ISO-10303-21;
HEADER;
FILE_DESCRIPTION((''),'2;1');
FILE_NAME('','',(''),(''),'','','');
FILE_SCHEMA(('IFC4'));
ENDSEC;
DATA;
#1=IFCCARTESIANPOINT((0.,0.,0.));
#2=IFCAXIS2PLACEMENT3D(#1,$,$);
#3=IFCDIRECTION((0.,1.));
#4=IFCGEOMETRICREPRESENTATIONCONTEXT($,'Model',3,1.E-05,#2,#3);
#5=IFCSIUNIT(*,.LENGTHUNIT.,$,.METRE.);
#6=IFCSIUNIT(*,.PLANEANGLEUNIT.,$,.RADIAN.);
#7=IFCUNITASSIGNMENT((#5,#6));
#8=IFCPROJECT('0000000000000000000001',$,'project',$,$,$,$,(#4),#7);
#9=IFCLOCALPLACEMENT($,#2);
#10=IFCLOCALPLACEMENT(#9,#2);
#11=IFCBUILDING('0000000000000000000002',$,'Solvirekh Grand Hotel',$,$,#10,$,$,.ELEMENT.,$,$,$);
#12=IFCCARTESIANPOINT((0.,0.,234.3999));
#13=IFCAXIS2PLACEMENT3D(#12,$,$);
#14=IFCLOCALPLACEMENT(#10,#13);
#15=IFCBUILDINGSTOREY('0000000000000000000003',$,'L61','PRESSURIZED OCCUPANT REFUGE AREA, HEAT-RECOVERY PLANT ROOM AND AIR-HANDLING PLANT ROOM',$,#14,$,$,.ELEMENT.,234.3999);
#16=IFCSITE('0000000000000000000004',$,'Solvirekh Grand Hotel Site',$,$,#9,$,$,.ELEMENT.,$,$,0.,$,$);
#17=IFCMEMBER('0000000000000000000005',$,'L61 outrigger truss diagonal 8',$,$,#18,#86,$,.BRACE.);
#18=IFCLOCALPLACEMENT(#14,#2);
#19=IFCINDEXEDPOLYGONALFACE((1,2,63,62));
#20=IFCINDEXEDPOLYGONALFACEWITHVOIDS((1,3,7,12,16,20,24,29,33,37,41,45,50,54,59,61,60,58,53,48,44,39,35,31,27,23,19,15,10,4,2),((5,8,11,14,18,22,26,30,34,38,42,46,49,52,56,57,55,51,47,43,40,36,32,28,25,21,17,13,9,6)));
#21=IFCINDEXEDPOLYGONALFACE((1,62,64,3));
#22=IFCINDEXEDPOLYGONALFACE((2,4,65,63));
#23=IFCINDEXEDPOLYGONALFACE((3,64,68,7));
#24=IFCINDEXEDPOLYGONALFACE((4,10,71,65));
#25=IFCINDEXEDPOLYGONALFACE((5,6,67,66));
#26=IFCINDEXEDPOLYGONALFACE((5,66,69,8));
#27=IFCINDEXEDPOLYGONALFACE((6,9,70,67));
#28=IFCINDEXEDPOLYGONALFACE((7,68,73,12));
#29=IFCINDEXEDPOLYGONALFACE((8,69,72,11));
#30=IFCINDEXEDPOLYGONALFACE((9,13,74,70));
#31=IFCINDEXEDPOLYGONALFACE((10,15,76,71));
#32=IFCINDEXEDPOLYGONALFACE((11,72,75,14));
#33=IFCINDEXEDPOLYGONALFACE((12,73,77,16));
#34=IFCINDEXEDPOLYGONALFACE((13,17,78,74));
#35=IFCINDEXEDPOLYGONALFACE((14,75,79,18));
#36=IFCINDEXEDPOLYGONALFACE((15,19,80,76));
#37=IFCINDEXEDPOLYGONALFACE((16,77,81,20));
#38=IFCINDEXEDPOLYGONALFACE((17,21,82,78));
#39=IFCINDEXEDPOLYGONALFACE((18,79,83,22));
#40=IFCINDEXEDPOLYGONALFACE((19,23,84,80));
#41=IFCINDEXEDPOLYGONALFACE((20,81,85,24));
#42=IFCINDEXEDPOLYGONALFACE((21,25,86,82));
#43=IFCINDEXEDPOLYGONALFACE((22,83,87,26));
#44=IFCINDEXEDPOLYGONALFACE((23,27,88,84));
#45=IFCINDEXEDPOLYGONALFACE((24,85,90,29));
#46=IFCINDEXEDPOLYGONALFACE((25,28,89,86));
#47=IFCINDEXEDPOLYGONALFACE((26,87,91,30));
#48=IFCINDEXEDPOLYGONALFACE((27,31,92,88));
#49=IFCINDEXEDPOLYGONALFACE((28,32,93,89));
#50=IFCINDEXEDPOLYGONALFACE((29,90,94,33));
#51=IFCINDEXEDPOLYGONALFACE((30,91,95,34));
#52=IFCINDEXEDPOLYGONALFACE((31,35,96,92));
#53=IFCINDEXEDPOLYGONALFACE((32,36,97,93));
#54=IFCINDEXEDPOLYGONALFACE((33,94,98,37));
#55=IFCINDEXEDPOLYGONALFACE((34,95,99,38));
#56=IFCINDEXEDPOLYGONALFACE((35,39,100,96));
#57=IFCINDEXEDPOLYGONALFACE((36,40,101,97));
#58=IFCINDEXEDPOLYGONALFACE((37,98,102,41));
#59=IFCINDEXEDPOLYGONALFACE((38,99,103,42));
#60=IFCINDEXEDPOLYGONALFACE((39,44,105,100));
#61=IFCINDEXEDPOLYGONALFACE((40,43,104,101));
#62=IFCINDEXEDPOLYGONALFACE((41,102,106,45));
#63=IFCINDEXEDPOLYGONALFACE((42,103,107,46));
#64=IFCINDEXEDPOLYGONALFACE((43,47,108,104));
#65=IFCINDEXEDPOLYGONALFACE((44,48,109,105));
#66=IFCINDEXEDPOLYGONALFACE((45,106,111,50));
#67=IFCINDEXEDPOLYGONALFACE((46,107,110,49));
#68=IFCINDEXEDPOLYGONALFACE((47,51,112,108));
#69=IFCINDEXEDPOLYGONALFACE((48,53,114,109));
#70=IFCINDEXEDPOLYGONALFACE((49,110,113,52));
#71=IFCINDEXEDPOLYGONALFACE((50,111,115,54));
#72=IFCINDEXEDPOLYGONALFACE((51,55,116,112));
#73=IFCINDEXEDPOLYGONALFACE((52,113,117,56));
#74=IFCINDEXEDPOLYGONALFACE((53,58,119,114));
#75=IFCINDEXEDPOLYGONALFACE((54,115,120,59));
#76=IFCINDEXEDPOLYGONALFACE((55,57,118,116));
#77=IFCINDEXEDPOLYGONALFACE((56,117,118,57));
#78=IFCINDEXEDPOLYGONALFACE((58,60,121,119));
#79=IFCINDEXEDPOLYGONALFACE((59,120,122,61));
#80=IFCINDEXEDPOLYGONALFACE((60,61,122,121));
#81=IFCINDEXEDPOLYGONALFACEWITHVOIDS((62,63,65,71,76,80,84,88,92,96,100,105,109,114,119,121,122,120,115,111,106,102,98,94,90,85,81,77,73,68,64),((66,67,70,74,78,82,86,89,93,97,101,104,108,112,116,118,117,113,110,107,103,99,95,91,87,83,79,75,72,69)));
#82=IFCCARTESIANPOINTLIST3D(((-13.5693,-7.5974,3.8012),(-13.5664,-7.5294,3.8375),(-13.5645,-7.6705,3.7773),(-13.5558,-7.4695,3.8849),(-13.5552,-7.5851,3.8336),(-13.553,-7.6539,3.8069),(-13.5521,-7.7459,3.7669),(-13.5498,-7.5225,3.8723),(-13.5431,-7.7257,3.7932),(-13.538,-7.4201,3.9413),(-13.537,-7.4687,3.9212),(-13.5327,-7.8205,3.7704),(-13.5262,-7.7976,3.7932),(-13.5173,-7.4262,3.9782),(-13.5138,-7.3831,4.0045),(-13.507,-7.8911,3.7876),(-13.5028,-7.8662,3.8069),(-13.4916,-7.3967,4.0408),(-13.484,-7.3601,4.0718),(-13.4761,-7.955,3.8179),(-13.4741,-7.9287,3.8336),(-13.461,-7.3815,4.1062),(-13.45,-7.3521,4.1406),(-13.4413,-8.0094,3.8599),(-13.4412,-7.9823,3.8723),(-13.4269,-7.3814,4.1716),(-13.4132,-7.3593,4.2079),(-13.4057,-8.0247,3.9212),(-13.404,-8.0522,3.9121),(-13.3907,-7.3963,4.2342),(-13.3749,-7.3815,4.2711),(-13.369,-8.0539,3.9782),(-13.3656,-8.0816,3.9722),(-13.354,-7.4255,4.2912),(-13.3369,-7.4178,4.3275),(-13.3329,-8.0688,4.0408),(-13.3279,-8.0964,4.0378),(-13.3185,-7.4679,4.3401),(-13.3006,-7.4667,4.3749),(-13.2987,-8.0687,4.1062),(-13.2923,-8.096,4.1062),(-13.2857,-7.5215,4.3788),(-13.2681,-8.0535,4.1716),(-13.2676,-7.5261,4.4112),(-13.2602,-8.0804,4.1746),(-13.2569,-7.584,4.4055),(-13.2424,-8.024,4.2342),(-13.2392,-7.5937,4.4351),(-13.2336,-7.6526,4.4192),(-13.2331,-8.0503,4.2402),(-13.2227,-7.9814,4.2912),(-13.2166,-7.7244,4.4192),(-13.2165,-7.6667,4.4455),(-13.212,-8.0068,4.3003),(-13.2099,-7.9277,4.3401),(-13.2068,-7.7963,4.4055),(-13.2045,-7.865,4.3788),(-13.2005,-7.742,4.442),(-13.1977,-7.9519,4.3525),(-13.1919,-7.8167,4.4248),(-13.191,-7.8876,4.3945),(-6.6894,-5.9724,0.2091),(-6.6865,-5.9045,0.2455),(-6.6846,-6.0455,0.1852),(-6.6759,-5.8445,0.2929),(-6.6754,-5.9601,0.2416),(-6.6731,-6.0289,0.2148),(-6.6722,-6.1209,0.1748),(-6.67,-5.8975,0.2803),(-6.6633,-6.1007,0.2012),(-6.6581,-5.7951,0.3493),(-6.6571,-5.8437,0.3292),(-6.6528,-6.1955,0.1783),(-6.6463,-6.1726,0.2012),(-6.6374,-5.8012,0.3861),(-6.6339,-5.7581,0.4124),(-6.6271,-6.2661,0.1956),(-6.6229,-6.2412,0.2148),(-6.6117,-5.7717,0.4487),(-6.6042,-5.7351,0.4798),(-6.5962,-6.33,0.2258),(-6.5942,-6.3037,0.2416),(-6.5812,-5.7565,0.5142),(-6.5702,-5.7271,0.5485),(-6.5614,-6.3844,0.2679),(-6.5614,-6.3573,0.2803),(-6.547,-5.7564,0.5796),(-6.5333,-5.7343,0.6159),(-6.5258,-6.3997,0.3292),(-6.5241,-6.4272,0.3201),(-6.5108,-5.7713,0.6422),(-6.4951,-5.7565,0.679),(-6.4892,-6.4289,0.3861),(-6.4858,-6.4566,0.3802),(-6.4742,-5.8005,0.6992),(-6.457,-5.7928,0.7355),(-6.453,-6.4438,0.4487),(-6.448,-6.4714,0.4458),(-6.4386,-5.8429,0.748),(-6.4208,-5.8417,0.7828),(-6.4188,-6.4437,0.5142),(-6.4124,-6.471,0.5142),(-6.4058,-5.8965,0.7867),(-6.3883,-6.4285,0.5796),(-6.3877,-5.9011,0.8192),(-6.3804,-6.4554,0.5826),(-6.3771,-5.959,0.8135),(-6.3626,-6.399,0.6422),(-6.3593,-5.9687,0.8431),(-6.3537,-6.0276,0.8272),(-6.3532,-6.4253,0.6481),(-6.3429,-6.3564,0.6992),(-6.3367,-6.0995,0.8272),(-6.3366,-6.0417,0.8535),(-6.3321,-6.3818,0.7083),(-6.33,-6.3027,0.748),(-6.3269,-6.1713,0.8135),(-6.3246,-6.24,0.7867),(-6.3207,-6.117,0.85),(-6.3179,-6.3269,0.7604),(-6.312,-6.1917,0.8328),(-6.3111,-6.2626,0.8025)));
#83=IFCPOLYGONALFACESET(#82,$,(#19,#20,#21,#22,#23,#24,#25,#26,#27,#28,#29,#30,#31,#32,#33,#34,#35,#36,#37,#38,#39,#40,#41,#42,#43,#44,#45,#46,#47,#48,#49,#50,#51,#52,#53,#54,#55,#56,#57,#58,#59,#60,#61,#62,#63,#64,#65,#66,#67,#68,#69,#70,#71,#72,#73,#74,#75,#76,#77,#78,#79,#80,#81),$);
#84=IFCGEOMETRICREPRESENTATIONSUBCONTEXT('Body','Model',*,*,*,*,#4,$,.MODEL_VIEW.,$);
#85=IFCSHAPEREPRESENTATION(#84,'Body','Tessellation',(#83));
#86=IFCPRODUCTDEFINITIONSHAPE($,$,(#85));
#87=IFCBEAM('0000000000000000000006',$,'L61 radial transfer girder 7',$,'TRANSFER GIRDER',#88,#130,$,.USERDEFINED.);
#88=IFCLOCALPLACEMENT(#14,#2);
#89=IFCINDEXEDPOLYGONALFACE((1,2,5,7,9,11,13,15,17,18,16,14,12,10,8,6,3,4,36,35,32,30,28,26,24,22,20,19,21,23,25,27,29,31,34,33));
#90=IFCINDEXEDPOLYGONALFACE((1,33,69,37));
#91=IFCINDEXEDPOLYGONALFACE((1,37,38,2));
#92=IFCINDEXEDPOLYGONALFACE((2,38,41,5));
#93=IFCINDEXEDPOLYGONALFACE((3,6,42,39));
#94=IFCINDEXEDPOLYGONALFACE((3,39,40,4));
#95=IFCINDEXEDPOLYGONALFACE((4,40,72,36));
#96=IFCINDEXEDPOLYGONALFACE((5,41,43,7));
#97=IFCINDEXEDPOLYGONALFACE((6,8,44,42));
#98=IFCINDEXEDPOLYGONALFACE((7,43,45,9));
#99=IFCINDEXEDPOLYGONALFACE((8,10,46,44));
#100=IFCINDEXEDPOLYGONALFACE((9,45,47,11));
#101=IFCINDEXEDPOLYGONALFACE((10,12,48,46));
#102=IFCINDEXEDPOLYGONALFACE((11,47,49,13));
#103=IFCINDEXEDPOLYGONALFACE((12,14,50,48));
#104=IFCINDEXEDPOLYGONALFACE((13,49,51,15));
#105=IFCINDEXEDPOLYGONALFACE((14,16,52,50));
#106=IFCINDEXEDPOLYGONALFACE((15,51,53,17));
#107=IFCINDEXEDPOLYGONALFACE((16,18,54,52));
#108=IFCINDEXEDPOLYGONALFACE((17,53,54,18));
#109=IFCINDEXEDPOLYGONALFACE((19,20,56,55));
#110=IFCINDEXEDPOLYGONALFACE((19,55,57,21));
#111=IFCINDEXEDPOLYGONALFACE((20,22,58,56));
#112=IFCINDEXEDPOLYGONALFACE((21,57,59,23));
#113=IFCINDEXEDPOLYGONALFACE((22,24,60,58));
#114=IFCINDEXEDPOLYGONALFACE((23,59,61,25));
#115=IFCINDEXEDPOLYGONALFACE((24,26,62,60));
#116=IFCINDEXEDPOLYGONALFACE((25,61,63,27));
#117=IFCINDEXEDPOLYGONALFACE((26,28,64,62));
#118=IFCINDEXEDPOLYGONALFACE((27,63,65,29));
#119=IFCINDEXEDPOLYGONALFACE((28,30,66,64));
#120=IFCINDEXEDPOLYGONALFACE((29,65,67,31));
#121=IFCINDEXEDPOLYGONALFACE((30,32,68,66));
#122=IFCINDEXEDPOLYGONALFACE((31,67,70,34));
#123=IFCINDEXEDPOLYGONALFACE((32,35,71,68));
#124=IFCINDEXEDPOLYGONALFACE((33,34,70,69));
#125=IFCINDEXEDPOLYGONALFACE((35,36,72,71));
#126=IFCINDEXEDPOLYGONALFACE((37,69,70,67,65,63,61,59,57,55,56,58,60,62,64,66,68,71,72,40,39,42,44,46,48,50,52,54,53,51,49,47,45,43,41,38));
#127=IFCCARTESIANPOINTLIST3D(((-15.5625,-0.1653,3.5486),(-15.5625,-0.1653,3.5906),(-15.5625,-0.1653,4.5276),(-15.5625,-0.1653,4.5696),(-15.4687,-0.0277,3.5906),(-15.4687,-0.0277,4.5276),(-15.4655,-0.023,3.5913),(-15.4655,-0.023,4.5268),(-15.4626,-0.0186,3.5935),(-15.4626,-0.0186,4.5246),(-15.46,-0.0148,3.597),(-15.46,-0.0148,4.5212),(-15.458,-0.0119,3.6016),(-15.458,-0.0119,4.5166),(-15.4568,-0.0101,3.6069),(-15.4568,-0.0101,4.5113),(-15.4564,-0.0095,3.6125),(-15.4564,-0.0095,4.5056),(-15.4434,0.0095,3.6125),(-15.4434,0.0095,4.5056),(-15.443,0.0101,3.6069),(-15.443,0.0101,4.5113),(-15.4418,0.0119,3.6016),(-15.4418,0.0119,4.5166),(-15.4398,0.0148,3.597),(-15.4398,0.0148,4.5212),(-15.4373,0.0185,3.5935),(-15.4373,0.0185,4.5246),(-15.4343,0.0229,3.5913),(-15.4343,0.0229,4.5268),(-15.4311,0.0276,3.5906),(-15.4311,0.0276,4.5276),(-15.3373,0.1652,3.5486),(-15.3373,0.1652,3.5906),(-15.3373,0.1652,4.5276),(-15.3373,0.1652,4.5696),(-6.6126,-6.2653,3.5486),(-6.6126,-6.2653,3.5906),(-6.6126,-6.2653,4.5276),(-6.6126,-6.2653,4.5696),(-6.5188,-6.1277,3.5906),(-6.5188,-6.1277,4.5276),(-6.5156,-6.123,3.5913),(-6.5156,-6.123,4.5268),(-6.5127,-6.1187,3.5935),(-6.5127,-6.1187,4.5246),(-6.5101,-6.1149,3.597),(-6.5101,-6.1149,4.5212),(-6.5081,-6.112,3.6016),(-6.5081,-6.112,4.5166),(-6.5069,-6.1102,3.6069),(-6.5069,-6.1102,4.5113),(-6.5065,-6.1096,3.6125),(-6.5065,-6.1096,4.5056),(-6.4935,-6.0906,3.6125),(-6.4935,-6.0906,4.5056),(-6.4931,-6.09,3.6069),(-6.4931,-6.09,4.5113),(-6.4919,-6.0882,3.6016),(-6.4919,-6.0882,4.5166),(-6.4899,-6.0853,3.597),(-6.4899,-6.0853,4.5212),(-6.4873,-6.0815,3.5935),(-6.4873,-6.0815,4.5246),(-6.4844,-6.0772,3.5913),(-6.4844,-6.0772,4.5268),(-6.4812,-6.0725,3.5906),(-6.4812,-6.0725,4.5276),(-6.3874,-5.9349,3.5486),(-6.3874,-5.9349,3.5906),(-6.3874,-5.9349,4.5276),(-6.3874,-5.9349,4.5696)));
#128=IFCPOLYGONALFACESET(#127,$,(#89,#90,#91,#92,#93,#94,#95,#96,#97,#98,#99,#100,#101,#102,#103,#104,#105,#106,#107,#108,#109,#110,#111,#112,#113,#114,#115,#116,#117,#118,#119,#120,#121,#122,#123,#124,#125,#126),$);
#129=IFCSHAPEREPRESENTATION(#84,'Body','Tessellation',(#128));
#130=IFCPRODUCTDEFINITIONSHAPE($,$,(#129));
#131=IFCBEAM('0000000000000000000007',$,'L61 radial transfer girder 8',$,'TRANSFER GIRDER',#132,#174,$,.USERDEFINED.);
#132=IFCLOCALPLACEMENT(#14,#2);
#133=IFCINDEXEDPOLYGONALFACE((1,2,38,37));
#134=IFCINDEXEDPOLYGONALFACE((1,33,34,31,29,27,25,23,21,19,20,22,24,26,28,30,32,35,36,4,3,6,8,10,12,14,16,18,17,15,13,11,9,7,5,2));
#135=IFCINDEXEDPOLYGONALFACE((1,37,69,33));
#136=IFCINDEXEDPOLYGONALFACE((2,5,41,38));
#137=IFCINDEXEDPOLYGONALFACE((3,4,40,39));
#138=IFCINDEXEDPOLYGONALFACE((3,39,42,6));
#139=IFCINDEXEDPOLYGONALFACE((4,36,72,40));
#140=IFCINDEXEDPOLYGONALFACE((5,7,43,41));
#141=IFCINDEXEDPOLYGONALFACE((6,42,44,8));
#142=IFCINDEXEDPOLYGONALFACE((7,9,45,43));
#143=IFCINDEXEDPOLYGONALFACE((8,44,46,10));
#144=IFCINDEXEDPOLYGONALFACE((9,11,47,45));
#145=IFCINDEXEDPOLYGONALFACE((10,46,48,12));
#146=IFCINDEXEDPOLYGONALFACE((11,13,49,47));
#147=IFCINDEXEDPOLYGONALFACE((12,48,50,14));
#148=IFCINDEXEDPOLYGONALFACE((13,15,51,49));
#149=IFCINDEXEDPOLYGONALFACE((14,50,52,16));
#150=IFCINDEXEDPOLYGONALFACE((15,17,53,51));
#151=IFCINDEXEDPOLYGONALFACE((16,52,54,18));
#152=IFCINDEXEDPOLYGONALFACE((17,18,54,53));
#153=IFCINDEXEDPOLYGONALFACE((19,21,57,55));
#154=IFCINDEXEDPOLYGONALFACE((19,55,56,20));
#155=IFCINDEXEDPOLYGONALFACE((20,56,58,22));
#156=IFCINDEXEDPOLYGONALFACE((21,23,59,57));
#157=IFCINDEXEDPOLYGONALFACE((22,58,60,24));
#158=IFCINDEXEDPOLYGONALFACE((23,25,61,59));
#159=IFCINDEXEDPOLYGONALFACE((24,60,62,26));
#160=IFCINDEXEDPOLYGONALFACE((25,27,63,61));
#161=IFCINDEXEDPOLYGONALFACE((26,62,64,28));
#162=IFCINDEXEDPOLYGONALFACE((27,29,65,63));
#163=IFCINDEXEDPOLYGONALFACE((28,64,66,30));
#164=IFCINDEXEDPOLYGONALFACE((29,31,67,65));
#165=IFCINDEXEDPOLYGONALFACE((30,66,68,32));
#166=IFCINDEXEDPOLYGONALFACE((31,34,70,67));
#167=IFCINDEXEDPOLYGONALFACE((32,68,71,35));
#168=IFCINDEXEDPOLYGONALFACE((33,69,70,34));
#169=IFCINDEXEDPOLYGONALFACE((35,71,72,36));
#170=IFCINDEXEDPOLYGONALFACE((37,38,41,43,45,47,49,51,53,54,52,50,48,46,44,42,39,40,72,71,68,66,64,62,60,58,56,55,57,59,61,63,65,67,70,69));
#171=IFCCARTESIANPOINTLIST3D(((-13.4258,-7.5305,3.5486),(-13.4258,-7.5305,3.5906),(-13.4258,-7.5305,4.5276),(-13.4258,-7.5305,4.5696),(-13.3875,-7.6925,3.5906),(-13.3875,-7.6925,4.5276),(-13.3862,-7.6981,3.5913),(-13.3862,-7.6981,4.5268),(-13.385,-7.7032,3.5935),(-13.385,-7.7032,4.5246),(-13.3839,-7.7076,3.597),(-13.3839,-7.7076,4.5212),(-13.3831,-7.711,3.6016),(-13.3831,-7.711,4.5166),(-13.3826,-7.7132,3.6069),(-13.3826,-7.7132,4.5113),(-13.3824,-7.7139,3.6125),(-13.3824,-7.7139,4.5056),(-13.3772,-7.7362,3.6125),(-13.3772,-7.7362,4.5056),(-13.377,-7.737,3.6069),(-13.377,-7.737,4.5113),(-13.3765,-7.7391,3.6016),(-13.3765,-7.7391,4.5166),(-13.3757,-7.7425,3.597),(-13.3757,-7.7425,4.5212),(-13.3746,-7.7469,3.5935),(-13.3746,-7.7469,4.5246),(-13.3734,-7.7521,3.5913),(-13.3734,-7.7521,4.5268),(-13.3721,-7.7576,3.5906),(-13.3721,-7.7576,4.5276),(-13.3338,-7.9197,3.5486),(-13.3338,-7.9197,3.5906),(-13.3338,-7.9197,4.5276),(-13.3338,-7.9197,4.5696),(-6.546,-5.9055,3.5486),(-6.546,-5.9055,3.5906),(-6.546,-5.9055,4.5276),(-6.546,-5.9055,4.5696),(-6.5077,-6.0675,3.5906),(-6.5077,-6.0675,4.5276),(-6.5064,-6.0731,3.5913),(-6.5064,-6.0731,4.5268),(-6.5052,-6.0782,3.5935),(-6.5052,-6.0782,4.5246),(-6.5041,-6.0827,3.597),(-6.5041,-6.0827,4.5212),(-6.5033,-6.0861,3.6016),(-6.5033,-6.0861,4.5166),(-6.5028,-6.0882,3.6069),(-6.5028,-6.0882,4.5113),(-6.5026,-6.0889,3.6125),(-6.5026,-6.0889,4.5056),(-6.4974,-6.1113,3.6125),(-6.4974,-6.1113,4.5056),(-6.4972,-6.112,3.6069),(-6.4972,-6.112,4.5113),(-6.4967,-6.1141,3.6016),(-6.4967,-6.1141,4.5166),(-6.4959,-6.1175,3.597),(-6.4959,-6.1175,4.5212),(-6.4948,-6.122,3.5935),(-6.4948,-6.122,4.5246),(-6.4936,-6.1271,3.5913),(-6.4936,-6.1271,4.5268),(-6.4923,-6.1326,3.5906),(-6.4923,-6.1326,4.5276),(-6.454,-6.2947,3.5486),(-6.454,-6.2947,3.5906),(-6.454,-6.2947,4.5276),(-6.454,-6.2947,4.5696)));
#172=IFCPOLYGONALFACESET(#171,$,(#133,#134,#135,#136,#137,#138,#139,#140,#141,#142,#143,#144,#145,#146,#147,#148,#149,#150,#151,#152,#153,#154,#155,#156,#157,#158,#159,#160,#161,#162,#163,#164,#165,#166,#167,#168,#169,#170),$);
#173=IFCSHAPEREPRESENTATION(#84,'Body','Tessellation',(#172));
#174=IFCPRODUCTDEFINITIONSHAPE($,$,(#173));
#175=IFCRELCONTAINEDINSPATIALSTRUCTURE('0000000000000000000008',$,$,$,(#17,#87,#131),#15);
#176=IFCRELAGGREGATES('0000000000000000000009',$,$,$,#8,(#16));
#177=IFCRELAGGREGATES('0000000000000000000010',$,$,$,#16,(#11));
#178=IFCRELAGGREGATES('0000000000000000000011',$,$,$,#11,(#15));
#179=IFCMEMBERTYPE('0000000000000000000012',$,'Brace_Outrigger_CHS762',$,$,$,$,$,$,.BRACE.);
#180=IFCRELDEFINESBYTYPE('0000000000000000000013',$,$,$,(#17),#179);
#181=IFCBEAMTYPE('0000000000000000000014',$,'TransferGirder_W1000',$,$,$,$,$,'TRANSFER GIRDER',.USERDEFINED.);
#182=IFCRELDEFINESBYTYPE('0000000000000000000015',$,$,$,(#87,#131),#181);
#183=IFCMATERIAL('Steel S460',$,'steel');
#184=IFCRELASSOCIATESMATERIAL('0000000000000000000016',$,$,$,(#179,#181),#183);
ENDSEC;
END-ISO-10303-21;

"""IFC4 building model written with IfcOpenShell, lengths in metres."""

from ifc_helpers import new_model, si_unit, direction, frame, origin, origin_2d, place, context, subcontext, project, spatial, hollow_circle, i_section, extrude, material, material_profile, profile_set, type_object, element, save


model = new_model("IFC4")

# Units and contexts
model_context = context("Model", 3, precision=1e-05, world=origin(), true_north=direction((0.0, 1.0)))
body_context = subcontext(model_context, "Body", "Model", "MODEL_VIEW")
ifc_project = project(units=[si_unit("LENGTHUNIT", "METRE"), si_unit("PLANEANGLEUNIT", "RADIAN")], contexts=[model_context])

# Site, building, storey
site_placement = place(None, origin())
site = spatial("IfcSite", under=ifc_project, at=site_placement, Name="Solvirekh Grand Hotel Site", CompositionType="ELEMENT", RefElevation=0.0)
building_placement = place(site_placement, origin())
building = spatial("IfcBuilding", under=site, at=building_placement, Name="Solvirekh Grand Hotel", CompositionType="ELEMENT")
storey_placement = place(building_placement, frame((0.0, 0.0, 234.3999)))
storey = spatial("IfcBuildingStorey", under=building, at=storey_placement, Name="L61", Description="PRESSURIZED OCCUPANT REFUGE AREA, HEAT-RECOVERY PLANT ROOM AND AIR-HANDLING PLANT ROOM", CompositionType="ELEMENT", Elevation=234.3999)

# Shared definitions
ifc_material_1 = material(Name="Steel S460", Category="steel")

# Member
ifc_material_profile_1 = material_profile(ifc_material_1, hollow_circle(Radius=0.3811, WallThickness=0.0281, at=origin_2d()), Name="CHS 762X28")
ifc_profile_set_1 = profile_set([ifc_material_profile_1], Name="Steel S460")
member_type = type_object("IfcMemberType", Name="Brace_Outrigger_CHS762", PredefinedType="BRACE", material=ifc_profile_set_1)
member_placement = place(storey_placement, frame((-6.5, -6.1001, 0.5142), z_axis=(-0.867637, -0.204932, 0.453), x_axis=(0.229871, -0.973221, 0.0)))
element("IfcMember", 1, at=member_placement, inside=storey, type_object=member_type, Name="L61 outrigger truss diagonal 8", PredefinedType="BRACE", context=body_context, shape_type="SweptSolid", body=[
    extrude(hollow_circle(Radius=0.3811, WallThickness=0.0281, at=origin_2d()), origin(), (0.0, 0.0, 1.0), 7.9294),
])

# Beams
ifc_material_profile_2 = material_profile(ifc_material_1, i_section(OverallWidth=0.3999, OverallDepth=1.021, WebThickness=0.0229, FlangeThickness=0.042, FilletRadius=0.022, at=origin_2d()), Name="W1000X412")
ifc_profile_set_2 = profile_set([ifc_material_profile_2], Name="Steel S460")
beam_type_1 = type_object("IfcBeamType", Name="TransferGirder_W1000", ElementType="TRANSFER GIRDER", PredefinedType="USERDEFINED", material=ifc_profile_set_2)
beam_1_placement = place(storey_placement, frame((-6.5, -6.1001, 4.0591), z_axis=(-0.826319, 0.563202, 0.0), x_axis=(-0.563202, -0.826319, 0.0)))
element("IfcBeam", 2, at=beam_1_placement, inside=storey, type_object=beam_type_1, Name="L61 radial transfer girder 7", ObjectType="TRANSFER GIRDER", PredefinedType="USERDEFINED", context=body_context, shape_type="SweptSolid", body=[
    extrude(i_section(OverallWidth=0.3999, OverallDepth=1.021, WebThickness=0.0229, FlangeThickness=0.042, FilletRadius=0.022, at=origin_2d()), origin(), (0.0, 0.0, 1.0), 10.8311),
])
beam_2_placement = place(storey_placement, frame((-6.5, -6.1001, 4.0591), z_axis=(-0.973221, -0.229871, 0.0), x_axis=(0.229871, -0.973221, 0.0)))
element("IfcBeam", 3, at=beam_2_placement, inside=storey, type_object=beam_type_1, Name="L61 radial transfer girder 8", ObjectType="TRANSFER GIRDER", PredefinedType="USERDEFINED", context=body_context, shape_type="SweptSolid", body=[
    extrude(i_section(OverallWidth=0.3999, OverallDepth=1.021, WebThickness=0.0229, FlangeThickness=0.042, FilletRadius=0.022, at=origin_2d()), origin(), (0.0, 0.0, 1.0), 7.0691),
])

save(model, "model.ifc")
